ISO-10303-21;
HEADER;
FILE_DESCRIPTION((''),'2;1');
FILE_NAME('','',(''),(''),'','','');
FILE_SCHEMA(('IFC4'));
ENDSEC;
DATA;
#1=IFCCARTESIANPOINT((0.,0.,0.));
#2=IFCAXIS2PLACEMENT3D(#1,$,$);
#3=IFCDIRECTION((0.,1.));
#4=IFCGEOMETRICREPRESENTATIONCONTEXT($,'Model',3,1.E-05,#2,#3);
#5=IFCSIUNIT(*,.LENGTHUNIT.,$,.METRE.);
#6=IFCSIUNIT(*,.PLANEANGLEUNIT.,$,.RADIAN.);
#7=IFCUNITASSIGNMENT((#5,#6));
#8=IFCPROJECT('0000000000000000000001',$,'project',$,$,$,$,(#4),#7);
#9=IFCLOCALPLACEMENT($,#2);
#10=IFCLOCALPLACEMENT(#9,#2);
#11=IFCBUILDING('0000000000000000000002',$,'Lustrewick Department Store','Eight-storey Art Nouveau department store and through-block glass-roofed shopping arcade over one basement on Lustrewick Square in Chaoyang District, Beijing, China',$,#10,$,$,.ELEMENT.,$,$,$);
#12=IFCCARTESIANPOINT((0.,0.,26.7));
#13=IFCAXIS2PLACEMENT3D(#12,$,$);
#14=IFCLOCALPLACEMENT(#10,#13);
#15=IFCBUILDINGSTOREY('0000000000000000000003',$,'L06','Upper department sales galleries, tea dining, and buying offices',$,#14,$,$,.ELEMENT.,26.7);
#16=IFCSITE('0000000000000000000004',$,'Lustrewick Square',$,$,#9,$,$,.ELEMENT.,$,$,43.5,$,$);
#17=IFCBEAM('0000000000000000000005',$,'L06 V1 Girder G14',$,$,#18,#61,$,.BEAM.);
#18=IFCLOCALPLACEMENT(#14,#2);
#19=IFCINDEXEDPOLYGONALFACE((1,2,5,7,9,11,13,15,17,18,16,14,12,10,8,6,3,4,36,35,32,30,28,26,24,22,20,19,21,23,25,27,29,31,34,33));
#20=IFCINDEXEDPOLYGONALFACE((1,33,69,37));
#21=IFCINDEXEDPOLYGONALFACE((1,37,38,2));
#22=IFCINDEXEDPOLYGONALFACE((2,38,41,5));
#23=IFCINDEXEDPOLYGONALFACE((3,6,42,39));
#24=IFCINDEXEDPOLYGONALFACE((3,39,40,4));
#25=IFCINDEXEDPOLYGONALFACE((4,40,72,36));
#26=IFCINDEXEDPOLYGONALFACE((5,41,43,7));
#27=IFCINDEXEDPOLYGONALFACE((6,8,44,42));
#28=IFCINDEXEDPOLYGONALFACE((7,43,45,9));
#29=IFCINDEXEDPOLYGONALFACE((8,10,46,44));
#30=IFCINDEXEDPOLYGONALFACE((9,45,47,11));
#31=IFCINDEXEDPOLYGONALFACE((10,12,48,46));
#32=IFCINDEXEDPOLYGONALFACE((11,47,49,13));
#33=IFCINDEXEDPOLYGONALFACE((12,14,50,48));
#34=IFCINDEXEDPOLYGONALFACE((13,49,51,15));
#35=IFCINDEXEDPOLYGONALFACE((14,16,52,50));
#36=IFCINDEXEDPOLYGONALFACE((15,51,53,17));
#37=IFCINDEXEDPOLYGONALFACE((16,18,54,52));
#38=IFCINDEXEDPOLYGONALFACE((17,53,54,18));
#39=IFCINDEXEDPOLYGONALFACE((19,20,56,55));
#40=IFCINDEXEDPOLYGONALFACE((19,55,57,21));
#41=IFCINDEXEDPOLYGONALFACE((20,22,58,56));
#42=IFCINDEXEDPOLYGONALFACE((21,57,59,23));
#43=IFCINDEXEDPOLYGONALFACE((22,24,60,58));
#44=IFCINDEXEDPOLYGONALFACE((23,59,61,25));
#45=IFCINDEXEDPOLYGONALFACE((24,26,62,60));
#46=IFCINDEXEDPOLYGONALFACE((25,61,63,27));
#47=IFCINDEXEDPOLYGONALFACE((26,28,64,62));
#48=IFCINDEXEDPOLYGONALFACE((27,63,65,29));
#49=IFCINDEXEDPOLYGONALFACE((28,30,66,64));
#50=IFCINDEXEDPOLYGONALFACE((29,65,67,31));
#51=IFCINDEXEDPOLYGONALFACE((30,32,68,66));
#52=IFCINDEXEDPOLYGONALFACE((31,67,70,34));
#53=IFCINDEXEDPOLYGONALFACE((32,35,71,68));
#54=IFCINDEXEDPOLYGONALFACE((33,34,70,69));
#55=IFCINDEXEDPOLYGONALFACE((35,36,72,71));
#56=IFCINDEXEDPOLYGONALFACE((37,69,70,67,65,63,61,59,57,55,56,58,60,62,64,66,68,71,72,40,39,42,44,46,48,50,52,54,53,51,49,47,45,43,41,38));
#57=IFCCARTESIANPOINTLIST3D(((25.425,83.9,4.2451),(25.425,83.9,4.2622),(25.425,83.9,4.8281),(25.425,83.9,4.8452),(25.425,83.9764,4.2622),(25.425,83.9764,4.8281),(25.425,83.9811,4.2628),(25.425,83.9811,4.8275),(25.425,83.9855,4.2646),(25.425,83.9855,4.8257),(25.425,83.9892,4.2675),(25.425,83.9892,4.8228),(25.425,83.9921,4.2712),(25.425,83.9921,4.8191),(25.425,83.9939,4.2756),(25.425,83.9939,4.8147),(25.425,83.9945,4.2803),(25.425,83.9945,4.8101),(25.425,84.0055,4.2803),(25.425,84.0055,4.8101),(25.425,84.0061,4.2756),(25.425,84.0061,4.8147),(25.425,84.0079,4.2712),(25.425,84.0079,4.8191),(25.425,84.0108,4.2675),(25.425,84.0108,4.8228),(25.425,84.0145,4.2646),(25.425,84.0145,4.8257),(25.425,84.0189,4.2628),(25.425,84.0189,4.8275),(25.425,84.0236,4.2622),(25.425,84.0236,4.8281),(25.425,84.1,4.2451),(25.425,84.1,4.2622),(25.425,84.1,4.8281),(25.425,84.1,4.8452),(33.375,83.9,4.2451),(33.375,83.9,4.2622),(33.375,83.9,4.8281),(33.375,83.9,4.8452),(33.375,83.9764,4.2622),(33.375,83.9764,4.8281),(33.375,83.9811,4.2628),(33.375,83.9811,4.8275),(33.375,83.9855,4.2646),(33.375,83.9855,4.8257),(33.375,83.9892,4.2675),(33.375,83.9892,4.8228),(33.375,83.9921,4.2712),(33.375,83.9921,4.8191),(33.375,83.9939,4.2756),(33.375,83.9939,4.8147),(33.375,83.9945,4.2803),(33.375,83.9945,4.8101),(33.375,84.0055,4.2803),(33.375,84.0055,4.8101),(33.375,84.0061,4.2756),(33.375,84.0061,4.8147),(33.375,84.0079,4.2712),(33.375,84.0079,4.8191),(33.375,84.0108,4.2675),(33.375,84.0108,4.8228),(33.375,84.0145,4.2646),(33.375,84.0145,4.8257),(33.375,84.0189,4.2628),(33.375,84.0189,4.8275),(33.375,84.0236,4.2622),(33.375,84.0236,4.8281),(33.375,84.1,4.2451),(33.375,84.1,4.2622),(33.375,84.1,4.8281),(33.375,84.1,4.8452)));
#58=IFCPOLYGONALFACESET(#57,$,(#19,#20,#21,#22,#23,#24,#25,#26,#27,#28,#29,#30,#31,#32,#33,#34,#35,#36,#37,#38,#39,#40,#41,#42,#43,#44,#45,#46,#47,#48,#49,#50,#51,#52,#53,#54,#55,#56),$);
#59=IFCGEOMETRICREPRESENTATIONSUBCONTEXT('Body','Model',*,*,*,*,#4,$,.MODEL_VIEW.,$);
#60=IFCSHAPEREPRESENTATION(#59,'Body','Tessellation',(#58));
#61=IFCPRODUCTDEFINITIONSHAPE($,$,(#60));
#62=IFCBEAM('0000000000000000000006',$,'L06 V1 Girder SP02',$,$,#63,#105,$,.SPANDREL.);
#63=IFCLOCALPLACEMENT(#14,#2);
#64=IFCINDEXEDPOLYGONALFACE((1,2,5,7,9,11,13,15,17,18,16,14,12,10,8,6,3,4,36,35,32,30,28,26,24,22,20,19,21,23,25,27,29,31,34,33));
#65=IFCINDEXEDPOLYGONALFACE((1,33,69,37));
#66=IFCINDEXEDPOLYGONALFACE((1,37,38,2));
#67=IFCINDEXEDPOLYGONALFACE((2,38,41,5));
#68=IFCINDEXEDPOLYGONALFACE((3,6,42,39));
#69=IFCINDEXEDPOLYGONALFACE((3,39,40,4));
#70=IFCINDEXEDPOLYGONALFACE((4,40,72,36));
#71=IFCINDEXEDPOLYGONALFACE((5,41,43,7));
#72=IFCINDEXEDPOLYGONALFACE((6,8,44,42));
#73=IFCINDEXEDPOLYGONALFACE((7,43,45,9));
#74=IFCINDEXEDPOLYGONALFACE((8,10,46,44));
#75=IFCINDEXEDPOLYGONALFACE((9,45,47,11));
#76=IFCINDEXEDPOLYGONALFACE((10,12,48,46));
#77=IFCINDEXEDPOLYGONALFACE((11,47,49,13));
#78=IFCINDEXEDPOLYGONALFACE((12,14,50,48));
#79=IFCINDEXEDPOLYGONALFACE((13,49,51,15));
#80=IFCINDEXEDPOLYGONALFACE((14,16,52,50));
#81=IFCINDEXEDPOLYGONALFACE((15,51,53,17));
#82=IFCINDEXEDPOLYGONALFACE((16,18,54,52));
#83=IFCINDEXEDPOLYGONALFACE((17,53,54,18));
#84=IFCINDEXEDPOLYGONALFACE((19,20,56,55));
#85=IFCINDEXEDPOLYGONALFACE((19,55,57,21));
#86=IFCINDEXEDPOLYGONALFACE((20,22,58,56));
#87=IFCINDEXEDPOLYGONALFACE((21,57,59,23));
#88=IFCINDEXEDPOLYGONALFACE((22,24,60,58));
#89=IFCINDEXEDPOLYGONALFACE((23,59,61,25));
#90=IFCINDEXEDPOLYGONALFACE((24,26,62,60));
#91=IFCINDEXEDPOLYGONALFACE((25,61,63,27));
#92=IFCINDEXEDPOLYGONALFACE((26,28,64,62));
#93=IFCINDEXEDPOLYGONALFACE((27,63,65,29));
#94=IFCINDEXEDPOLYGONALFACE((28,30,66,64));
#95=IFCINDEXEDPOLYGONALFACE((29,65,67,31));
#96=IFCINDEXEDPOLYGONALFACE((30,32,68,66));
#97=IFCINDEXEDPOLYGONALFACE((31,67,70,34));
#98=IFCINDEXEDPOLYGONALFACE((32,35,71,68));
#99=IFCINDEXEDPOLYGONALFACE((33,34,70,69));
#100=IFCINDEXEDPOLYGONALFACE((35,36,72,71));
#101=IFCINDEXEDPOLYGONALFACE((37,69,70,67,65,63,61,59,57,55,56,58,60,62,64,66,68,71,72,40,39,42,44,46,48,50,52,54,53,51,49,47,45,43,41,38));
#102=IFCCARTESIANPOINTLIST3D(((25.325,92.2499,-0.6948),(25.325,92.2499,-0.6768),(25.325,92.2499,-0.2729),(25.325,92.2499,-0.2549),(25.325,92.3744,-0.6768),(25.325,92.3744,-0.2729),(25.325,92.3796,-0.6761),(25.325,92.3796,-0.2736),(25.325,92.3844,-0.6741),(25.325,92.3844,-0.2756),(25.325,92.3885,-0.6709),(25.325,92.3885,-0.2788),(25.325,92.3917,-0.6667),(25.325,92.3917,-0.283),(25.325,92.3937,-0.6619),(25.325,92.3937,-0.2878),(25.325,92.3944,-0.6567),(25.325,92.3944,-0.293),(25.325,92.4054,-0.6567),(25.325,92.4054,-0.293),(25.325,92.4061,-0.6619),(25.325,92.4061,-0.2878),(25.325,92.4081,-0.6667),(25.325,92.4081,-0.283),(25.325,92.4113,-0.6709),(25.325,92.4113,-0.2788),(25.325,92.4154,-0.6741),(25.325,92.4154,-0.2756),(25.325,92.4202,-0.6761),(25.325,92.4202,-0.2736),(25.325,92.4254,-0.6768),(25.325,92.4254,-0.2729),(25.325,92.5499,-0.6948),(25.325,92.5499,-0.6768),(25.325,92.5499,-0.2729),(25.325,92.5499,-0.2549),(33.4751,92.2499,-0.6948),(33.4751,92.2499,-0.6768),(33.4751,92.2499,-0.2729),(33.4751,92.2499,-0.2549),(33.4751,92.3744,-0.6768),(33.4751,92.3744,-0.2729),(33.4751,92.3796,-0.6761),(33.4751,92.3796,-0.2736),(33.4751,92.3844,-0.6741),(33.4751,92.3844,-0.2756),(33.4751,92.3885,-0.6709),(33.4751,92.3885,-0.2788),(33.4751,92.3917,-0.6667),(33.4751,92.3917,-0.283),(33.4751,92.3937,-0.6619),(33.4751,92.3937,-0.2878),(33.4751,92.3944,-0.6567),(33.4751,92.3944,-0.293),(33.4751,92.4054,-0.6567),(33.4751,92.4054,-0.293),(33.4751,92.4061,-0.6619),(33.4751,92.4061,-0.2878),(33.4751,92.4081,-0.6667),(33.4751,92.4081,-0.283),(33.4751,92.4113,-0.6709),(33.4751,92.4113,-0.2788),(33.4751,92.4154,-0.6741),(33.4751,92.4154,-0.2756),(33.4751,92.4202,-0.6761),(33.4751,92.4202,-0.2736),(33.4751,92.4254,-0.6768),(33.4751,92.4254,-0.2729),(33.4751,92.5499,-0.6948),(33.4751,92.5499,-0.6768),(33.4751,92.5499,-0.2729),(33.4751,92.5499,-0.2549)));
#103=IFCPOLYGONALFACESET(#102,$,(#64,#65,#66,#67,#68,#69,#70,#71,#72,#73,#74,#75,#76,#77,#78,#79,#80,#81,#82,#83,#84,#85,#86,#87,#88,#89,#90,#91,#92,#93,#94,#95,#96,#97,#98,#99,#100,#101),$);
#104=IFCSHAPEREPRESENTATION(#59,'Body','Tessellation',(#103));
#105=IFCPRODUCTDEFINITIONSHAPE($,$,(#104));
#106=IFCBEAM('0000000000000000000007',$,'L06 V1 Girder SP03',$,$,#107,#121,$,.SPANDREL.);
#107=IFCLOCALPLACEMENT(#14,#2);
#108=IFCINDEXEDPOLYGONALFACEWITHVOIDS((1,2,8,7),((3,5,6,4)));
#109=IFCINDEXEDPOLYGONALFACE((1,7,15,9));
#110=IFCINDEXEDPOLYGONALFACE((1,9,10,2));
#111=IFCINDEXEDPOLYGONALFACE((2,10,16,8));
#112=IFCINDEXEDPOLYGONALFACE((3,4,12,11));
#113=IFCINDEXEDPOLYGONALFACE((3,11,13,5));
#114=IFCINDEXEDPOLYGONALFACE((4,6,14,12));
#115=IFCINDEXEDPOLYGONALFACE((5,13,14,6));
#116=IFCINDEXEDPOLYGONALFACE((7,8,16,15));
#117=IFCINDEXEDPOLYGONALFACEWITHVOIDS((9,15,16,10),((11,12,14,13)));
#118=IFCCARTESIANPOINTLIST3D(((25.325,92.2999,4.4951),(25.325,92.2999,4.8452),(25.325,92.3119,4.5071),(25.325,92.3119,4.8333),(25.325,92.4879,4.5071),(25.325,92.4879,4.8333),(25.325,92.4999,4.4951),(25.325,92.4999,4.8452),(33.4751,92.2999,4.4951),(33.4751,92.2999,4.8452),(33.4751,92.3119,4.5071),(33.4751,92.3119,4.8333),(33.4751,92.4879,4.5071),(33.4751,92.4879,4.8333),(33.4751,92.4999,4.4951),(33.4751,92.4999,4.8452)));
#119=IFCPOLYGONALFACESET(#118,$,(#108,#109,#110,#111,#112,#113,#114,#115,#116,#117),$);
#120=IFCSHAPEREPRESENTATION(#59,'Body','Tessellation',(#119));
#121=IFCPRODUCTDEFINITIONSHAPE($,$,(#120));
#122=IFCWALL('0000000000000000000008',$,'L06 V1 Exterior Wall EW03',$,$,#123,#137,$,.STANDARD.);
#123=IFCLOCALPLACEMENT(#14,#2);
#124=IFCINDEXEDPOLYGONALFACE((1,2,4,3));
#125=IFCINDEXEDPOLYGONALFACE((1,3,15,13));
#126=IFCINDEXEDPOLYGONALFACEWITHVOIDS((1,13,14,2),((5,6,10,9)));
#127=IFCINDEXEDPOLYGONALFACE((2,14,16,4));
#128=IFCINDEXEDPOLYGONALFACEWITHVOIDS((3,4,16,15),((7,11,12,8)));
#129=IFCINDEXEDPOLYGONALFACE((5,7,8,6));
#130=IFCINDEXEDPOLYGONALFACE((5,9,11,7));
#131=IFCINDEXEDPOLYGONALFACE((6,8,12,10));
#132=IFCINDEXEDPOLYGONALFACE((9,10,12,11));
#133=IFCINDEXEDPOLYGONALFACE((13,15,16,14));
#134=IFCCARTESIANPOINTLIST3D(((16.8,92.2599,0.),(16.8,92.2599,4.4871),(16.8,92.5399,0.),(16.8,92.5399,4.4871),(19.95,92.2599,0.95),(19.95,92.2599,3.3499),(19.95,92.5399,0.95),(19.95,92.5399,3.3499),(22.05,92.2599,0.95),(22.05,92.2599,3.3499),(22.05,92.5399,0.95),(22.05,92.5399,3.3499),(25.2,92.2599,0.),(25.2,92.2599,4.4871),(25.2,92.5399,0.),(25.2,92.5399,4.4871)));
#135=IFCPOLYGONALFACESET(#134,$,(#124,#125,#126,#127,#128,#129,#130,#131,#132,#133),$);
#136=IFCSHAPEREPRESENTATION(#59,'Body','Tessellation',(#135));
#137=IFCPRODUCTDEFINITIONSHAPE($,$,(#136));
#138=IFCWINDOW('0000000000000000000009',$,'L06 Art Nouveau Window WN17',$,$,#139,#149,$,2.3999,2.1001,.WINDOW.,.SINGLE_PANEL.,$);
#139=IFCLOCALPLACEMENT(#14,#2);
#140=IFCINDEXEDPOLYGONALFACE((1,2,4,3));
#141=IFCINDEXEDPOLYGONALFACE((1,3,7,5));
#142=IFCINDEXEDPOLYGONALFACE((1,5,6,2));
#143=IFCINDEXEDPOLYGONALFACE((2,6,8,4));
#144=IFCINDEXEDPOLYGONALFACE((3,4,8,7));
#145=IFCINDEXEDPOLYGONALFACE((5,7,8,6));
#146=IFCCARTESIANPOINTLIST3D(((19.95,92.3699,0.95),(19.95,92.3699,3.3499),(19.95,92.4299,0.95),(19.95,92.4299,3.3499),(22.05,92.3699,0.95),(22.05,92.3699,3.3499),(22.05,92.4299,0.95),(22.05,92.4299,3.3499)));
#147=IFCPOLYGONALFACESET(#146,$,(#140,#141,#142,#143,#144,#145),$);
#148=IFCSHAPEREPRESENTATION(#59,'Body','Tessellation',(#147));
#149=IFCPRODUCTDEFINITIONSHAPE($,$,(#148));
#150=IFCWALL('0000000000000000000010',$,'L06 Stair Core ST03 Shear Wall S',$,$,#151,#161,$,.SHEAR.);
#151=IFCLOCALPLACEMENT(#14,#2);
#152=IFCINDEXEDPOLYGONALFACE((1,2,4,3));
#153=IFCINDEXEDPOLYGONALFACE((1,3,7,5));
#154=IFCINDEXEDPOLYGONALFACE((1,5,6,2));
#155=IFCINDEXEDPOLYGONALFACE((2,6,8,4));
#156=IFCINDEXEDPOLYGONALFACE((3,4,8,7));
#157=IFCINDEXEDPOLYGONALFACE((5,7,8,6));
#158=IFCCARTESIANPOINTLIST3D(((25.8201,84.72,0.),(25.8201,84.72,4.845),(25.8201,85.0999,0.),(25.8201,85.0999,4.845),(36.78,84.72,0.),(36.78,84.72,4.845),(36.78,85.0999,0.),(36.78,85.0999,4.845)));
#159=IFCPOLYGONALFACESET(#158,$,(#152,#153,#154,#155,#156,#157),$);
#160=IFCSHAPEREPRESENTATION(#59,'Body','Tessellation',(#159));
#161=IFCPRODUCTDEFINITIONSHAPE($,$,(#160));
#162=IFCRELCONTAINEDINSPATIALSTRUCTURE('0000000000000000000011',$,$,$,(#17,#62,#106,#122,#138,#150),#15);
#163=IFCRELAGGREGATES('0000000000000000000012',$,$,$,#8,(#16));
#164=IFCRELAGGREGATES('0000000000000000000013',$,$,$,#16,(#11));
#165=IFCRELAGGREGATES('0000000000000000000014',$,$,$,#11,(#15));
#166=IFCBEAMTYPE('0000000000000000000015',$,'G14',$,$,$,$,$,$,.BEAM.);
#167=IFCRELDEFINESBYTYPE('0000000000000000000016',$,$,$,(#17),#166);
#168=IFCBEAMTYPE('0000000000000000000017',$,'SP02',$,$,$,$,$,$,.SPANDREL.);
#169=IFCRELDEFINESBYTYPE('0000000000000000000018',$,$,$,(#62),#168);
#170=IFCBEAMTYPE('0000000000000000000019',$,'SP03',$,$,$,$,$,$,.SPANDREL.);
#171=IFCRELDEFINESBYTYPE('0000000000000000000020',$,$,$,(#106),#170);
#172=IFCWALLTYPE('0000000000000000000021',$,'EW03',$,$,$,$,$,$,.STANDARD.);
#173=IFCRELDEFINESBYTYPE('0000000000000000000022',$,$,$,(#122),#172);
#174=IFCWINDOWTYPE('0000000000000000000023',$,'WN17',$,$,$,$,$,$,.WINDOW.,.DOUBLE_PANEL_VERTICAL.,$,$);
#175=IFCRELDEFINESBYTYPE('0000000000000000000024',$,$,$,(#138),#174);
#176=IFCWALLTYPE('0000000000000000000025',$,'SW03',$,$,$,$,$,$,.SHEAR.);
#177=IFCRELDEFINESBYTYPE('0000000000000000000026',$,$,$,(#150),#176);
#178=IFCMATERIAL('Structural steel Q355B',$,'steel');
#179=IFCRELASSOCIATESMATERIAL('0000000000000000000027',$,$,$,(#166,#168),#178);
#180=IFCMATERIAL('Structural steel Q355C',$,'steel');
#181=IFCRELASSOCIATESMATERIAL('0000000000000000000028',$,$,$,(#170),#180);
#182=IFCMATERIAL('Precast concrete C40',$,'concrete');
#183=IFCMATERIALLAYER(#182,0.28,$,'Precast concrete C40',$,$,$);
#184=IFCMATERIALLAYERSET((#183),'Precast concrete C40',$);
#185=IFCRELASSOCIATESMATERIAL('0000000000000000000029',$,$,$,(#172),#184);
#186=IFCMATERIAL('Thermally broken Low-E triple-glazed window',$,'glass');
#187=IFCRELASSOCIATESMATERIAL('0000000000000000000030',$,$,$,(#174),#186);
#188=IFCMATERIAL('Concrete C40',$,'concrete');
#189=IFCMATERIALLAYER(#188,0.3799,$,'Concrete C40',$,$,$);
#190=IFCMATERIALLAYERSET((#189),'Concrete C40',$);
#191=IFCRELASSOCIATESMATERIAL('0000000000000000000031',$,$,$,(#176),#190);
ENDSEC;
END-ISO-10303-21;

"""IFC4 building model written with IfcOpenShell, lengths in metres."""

from ifc_helpers import new_model, si_unit, direction, frame, frame_2d, origin, origin_2d, place, context, subcontext, project, spatial, rectangle, hollow_rectangle, i_section, extrude, material, layer, layer_set, material_profile, profile_set, type_object, element, fill, save


model = new_model("IFC4")

# Units and contexts
model_context = context("Model", 3, precision=1e-05, world=origin(), true_north=direction((0.0, 1.0)))
body_context = subcontext(model_context, "Body", "Model", "MODEL_VIEW")
ifc_project = project(units=[si_unit("LENGTHUNIT", "METRE"), si_unit("PLANEANGLEUNIT", "RADIAN")], contexts=[model_context])

# Site, building, storey
site_placement = place(None, origin())
site = spatial("IfcSite", under=ifc_project, at=site_placement, Name="Lustrewick Square", CompositionType="ELEMENT", RefElevation=43.5)
building_placement = place(site_placement, origin())
building = spatial("IfcBuilding", under=site, at=building_placement, Name="Lustrewick Department Store", Description="Eight-storey Art Nouveau department store and through-block glass-roofed shopping arcade over one basement on Lustrewick Square in Chaoyang District, Beijing, China", CompositionType="ELEMENT")
storey_placement = place(building_placement, frame((0.0, 0.0, 26.7)))
storey = spatial("IfcBuildingStorey", under=building, at=storey_placement, Name="L06", Description="Upper department sales galleries, tea dining, and buying offices", CompositionType="ELEMENT", Elevation=26.7)

# Shared definitions
ifc_material_1 = material(Name="Structural steel Q355B", Category="steel")

# Beams
ifc_material_2 = material(Name="Structural steel Q355C", Category="steel")
ifc_material_profile_1 = material_profile(ifc_material_1, i_section(OverallWidth=0.2, OverallDepth=0.6001, WebThickness=0.011, FlangeThickness=0.0171, FilletRadius=0.0181, at=origin_2d()), Name="HN 600x200x11x17")
ifc_profile_set_1 = profile_set([ifc_material_profile_1], Name="Structural steel Q355B")
beam_type_1 = type_object("IfcBeamType", Name="G14", PredefinedType="BEAM", material=ifc_profile_set_1)
beam_1_placement = place(storey_placement, frame((25.425, 84.0, 4.5452), z_axis=(1.0, 0.0, 0.0), x_axis=(0.0, 1.0, 0.0)))
element("IfcBeam", 1, at=beam_1_placement, inside=storey, type_object=beam_type_1, Name="L06 V1 Girder G14", PredefinedType="BEAM", context=body_context, shape_type="SweptSolid", body=[
    extrude(i_section(OverallWidth=0.2, OverallDepth=0.6001, WebThickness=0.011, FlangeThickness=0.0171, FilletRadius=0.0181, at=origin_2d()), origin(), (0.0, 0.0, 1.0), 7.95),
])
ifc_material_profile_2 = material_profile(ifc_material_1, i_section(OverallWidth=0.3, OverallDepth=0.4399, WebThickness=0.011, FlangeThickness=0.0181, FilletRadius=0.02, at=origin_2d()), Name="HM 440x300x11x18")
ifc_profile_set_2 = profile_set([ifc_material_profile_2], Name="Structural steel Q355B")
beam_type_2 = type_object("IfcBeamType", Name="SP02", PredefinedType="SPANDREL", material=ifc_profile_set_2)
beam_2_placement = place(storey_placement, frame((25.325, 92.3999, -0.4749), z_axis=(1.0, 0.0, 0.0), x_axis=(0.0, 1.0, 0.0)))
element("IfcBeam", 2, at=beam_2_placement, inside=storey, type_object=beam_type_2, Name="L06 V1 Girder SP02", PredefinedType="SPANDREL", context=body_context, shape_type="SweptSolid", body=[
    extrude(i_section(OverallWidth=0.3, OverallDepth=0.4399, WebThickness=0.011, FlangeThickness=0.0181, FilletRadius=0.02, at=origin_2d()), origin(), (0.0, 0.0, 1.0), 8.1501),
])
ifc_material_profile_3 = material_profile(ifc_material_2, hollow_rectangle(XDim=0.2, YDim=0.3501, WallThickness=0.012, at=origin_2d()), Name="RHS 350x200x12")
ifc_profile_set_3 = profile_set([ifc_material_profile_3], Name="Structural steel Q355C")
beam_type_3 = type_object("IfcBeamType", Name="SP03", PredefinedType="SPANDREL", material=ifc_profile_set_3)
beam_3_placement = place(storey_placement, frame((25.325, 92.3999, 4.6702), z_axis=(1.0, 0.0, 0.0), x_axis=(0.0, 1.0, 0.0)))
element("IfcBeam", 3, at=beam_3_placement, inside=storey, type_object=beam_type_3, Name="L06 V1 Girder SP03", PredefinedType="SPANDREL", context=body_context, shape_type="SweptSolid", body=[
    extrude(hollow_rectangle(XDim=0.2, YDim=0.3501, WallThickness=0.012, at=origin_2d()), origin(), (0.0, 0.0, 1.0), 8.1501),
])

# Wall, opening, window
ifc_material_3 = material(Name="Precast concrete C40", Category="concrete")
ifc_layer_1 = layer(ifc_material_3, 0.28, Name="Precast concrete C40")
ifc_layer_set_1 = layer_set([ifc_layer_1], Name="Precast concrete C40")
wall_type_1 = type_object("IfcWallType", Name="EW03", PredefinedType="STANDARD", material=ifc_layer_set_1)
wall_1_placement = place(storey_placement, frame((25.2, 92.3999, 0.0), z_axis=(0.0, 0.0, 1.0), x_axis=(-1.0, 0.0, 0.0)))
wall_1 = element("IfcWall", 4, at=wall_1_placement, inside=storey, type_object=wall_type_1, Name="L06 V1 Exterior Wall EW03", PredefinedType="STANDARD", context=body_context, shape_type="SweptSolid", body=[
    extrude(rectangle(XDim=8.3999, YDim=0.28, at=frame_2d((4.2, 0.0))), origin(), (0.0, 0.0, 1.0), 4.4871),
])
opening_1_placement = place(wall_1_placement, frame((3.1499, 0.0, 0.95)))
opening_1 = element("IfcOpeningElement", 5, at=opening_1_placement, cuts=wall_1, PredefinedType="OPENING", context=body_context, shape_type="SweptSolid", body=[
    extrude(rectangle(XDim=2.1001, YDim=2.3999, at=frame_2d((1.05, 1.2))), frame((0.0, 0.1499, 0.0), z_axis=(0.0, -1.0, 0.0), x_axis=(1.0, 0.0, 0.0)), (0.0, 0.0, 1.0), 0.3),
])
ifc_material_4 = material(Name="Thermally broken Low-E triple-glazed window", Category="glass")
window_type = type_object("IfcWindowType", Name="WN17", PartitioningType="DOUBLE_PANEL_VERTICAL", PredefinedType="WINDOW", material=ifc_material_4)
window_placement = place(opening_1_placement, origin())
window = element("IfcWindow", 6, at=window_placement, inside=storey, type_object=window_type, Name="L06 Art Nouveau Window WN17", OverallHeight=2.3999, OverallWidth=2.1001, PartitioningType="SINGLE_PANEL", PredefinedType="WINDOW", context=body_context, shape_type="SweptSolid", body=[
    extrude(rectangle(XDim=2.1001, YDim=2.3999, at=frame_2d((1.05, 1.2))), frame((0.0, 0.03, 0.0), z_axis=(0.0, -1.0, 0.0), x_axis=(1.0, 0.0, 0.0)), (0.0, 0.0, 1.0), 0.0601),
])
fill(opening_1, window)

# Wall
ifc_material_5 = material(Name="Concrete C40", Category="concrete")
ifc_layer_2 = layer(ifc_material_5, 0.3799, Name="Concrete C40")
ifc_layer_set_2 = layer_set([ifc_layer_2], Name="Concrete C40")
wall_type_2 = type_object("IfcWallType", Name="SW03", PredefinedType="SHEAR", material=ifc_layer_set_2)
wall_2_placement = place(storey_placement, frame((25.8201, 84.9099, 0.0), z_axis=(0.0, 0.0, 1.0), x_axis=(1.0, 0.0, 0.0)))
element("IfcWall", 7, at=wall_2_placement, inside=storey, type_object=wall_type_2, Name="L06 Stair Core ST03 Shear Wall S", PredefinedType="SHEAR", context=body_context, shape_type="SweptSolid", body=[
    extrude(rectangle(XDim=10.96, YDim=0.3799, at=frame_2d((5.48, 0.0))), origin(), (0.0, 0.0, 1.0), 4.845),
])

save(model, "model.ifc")
